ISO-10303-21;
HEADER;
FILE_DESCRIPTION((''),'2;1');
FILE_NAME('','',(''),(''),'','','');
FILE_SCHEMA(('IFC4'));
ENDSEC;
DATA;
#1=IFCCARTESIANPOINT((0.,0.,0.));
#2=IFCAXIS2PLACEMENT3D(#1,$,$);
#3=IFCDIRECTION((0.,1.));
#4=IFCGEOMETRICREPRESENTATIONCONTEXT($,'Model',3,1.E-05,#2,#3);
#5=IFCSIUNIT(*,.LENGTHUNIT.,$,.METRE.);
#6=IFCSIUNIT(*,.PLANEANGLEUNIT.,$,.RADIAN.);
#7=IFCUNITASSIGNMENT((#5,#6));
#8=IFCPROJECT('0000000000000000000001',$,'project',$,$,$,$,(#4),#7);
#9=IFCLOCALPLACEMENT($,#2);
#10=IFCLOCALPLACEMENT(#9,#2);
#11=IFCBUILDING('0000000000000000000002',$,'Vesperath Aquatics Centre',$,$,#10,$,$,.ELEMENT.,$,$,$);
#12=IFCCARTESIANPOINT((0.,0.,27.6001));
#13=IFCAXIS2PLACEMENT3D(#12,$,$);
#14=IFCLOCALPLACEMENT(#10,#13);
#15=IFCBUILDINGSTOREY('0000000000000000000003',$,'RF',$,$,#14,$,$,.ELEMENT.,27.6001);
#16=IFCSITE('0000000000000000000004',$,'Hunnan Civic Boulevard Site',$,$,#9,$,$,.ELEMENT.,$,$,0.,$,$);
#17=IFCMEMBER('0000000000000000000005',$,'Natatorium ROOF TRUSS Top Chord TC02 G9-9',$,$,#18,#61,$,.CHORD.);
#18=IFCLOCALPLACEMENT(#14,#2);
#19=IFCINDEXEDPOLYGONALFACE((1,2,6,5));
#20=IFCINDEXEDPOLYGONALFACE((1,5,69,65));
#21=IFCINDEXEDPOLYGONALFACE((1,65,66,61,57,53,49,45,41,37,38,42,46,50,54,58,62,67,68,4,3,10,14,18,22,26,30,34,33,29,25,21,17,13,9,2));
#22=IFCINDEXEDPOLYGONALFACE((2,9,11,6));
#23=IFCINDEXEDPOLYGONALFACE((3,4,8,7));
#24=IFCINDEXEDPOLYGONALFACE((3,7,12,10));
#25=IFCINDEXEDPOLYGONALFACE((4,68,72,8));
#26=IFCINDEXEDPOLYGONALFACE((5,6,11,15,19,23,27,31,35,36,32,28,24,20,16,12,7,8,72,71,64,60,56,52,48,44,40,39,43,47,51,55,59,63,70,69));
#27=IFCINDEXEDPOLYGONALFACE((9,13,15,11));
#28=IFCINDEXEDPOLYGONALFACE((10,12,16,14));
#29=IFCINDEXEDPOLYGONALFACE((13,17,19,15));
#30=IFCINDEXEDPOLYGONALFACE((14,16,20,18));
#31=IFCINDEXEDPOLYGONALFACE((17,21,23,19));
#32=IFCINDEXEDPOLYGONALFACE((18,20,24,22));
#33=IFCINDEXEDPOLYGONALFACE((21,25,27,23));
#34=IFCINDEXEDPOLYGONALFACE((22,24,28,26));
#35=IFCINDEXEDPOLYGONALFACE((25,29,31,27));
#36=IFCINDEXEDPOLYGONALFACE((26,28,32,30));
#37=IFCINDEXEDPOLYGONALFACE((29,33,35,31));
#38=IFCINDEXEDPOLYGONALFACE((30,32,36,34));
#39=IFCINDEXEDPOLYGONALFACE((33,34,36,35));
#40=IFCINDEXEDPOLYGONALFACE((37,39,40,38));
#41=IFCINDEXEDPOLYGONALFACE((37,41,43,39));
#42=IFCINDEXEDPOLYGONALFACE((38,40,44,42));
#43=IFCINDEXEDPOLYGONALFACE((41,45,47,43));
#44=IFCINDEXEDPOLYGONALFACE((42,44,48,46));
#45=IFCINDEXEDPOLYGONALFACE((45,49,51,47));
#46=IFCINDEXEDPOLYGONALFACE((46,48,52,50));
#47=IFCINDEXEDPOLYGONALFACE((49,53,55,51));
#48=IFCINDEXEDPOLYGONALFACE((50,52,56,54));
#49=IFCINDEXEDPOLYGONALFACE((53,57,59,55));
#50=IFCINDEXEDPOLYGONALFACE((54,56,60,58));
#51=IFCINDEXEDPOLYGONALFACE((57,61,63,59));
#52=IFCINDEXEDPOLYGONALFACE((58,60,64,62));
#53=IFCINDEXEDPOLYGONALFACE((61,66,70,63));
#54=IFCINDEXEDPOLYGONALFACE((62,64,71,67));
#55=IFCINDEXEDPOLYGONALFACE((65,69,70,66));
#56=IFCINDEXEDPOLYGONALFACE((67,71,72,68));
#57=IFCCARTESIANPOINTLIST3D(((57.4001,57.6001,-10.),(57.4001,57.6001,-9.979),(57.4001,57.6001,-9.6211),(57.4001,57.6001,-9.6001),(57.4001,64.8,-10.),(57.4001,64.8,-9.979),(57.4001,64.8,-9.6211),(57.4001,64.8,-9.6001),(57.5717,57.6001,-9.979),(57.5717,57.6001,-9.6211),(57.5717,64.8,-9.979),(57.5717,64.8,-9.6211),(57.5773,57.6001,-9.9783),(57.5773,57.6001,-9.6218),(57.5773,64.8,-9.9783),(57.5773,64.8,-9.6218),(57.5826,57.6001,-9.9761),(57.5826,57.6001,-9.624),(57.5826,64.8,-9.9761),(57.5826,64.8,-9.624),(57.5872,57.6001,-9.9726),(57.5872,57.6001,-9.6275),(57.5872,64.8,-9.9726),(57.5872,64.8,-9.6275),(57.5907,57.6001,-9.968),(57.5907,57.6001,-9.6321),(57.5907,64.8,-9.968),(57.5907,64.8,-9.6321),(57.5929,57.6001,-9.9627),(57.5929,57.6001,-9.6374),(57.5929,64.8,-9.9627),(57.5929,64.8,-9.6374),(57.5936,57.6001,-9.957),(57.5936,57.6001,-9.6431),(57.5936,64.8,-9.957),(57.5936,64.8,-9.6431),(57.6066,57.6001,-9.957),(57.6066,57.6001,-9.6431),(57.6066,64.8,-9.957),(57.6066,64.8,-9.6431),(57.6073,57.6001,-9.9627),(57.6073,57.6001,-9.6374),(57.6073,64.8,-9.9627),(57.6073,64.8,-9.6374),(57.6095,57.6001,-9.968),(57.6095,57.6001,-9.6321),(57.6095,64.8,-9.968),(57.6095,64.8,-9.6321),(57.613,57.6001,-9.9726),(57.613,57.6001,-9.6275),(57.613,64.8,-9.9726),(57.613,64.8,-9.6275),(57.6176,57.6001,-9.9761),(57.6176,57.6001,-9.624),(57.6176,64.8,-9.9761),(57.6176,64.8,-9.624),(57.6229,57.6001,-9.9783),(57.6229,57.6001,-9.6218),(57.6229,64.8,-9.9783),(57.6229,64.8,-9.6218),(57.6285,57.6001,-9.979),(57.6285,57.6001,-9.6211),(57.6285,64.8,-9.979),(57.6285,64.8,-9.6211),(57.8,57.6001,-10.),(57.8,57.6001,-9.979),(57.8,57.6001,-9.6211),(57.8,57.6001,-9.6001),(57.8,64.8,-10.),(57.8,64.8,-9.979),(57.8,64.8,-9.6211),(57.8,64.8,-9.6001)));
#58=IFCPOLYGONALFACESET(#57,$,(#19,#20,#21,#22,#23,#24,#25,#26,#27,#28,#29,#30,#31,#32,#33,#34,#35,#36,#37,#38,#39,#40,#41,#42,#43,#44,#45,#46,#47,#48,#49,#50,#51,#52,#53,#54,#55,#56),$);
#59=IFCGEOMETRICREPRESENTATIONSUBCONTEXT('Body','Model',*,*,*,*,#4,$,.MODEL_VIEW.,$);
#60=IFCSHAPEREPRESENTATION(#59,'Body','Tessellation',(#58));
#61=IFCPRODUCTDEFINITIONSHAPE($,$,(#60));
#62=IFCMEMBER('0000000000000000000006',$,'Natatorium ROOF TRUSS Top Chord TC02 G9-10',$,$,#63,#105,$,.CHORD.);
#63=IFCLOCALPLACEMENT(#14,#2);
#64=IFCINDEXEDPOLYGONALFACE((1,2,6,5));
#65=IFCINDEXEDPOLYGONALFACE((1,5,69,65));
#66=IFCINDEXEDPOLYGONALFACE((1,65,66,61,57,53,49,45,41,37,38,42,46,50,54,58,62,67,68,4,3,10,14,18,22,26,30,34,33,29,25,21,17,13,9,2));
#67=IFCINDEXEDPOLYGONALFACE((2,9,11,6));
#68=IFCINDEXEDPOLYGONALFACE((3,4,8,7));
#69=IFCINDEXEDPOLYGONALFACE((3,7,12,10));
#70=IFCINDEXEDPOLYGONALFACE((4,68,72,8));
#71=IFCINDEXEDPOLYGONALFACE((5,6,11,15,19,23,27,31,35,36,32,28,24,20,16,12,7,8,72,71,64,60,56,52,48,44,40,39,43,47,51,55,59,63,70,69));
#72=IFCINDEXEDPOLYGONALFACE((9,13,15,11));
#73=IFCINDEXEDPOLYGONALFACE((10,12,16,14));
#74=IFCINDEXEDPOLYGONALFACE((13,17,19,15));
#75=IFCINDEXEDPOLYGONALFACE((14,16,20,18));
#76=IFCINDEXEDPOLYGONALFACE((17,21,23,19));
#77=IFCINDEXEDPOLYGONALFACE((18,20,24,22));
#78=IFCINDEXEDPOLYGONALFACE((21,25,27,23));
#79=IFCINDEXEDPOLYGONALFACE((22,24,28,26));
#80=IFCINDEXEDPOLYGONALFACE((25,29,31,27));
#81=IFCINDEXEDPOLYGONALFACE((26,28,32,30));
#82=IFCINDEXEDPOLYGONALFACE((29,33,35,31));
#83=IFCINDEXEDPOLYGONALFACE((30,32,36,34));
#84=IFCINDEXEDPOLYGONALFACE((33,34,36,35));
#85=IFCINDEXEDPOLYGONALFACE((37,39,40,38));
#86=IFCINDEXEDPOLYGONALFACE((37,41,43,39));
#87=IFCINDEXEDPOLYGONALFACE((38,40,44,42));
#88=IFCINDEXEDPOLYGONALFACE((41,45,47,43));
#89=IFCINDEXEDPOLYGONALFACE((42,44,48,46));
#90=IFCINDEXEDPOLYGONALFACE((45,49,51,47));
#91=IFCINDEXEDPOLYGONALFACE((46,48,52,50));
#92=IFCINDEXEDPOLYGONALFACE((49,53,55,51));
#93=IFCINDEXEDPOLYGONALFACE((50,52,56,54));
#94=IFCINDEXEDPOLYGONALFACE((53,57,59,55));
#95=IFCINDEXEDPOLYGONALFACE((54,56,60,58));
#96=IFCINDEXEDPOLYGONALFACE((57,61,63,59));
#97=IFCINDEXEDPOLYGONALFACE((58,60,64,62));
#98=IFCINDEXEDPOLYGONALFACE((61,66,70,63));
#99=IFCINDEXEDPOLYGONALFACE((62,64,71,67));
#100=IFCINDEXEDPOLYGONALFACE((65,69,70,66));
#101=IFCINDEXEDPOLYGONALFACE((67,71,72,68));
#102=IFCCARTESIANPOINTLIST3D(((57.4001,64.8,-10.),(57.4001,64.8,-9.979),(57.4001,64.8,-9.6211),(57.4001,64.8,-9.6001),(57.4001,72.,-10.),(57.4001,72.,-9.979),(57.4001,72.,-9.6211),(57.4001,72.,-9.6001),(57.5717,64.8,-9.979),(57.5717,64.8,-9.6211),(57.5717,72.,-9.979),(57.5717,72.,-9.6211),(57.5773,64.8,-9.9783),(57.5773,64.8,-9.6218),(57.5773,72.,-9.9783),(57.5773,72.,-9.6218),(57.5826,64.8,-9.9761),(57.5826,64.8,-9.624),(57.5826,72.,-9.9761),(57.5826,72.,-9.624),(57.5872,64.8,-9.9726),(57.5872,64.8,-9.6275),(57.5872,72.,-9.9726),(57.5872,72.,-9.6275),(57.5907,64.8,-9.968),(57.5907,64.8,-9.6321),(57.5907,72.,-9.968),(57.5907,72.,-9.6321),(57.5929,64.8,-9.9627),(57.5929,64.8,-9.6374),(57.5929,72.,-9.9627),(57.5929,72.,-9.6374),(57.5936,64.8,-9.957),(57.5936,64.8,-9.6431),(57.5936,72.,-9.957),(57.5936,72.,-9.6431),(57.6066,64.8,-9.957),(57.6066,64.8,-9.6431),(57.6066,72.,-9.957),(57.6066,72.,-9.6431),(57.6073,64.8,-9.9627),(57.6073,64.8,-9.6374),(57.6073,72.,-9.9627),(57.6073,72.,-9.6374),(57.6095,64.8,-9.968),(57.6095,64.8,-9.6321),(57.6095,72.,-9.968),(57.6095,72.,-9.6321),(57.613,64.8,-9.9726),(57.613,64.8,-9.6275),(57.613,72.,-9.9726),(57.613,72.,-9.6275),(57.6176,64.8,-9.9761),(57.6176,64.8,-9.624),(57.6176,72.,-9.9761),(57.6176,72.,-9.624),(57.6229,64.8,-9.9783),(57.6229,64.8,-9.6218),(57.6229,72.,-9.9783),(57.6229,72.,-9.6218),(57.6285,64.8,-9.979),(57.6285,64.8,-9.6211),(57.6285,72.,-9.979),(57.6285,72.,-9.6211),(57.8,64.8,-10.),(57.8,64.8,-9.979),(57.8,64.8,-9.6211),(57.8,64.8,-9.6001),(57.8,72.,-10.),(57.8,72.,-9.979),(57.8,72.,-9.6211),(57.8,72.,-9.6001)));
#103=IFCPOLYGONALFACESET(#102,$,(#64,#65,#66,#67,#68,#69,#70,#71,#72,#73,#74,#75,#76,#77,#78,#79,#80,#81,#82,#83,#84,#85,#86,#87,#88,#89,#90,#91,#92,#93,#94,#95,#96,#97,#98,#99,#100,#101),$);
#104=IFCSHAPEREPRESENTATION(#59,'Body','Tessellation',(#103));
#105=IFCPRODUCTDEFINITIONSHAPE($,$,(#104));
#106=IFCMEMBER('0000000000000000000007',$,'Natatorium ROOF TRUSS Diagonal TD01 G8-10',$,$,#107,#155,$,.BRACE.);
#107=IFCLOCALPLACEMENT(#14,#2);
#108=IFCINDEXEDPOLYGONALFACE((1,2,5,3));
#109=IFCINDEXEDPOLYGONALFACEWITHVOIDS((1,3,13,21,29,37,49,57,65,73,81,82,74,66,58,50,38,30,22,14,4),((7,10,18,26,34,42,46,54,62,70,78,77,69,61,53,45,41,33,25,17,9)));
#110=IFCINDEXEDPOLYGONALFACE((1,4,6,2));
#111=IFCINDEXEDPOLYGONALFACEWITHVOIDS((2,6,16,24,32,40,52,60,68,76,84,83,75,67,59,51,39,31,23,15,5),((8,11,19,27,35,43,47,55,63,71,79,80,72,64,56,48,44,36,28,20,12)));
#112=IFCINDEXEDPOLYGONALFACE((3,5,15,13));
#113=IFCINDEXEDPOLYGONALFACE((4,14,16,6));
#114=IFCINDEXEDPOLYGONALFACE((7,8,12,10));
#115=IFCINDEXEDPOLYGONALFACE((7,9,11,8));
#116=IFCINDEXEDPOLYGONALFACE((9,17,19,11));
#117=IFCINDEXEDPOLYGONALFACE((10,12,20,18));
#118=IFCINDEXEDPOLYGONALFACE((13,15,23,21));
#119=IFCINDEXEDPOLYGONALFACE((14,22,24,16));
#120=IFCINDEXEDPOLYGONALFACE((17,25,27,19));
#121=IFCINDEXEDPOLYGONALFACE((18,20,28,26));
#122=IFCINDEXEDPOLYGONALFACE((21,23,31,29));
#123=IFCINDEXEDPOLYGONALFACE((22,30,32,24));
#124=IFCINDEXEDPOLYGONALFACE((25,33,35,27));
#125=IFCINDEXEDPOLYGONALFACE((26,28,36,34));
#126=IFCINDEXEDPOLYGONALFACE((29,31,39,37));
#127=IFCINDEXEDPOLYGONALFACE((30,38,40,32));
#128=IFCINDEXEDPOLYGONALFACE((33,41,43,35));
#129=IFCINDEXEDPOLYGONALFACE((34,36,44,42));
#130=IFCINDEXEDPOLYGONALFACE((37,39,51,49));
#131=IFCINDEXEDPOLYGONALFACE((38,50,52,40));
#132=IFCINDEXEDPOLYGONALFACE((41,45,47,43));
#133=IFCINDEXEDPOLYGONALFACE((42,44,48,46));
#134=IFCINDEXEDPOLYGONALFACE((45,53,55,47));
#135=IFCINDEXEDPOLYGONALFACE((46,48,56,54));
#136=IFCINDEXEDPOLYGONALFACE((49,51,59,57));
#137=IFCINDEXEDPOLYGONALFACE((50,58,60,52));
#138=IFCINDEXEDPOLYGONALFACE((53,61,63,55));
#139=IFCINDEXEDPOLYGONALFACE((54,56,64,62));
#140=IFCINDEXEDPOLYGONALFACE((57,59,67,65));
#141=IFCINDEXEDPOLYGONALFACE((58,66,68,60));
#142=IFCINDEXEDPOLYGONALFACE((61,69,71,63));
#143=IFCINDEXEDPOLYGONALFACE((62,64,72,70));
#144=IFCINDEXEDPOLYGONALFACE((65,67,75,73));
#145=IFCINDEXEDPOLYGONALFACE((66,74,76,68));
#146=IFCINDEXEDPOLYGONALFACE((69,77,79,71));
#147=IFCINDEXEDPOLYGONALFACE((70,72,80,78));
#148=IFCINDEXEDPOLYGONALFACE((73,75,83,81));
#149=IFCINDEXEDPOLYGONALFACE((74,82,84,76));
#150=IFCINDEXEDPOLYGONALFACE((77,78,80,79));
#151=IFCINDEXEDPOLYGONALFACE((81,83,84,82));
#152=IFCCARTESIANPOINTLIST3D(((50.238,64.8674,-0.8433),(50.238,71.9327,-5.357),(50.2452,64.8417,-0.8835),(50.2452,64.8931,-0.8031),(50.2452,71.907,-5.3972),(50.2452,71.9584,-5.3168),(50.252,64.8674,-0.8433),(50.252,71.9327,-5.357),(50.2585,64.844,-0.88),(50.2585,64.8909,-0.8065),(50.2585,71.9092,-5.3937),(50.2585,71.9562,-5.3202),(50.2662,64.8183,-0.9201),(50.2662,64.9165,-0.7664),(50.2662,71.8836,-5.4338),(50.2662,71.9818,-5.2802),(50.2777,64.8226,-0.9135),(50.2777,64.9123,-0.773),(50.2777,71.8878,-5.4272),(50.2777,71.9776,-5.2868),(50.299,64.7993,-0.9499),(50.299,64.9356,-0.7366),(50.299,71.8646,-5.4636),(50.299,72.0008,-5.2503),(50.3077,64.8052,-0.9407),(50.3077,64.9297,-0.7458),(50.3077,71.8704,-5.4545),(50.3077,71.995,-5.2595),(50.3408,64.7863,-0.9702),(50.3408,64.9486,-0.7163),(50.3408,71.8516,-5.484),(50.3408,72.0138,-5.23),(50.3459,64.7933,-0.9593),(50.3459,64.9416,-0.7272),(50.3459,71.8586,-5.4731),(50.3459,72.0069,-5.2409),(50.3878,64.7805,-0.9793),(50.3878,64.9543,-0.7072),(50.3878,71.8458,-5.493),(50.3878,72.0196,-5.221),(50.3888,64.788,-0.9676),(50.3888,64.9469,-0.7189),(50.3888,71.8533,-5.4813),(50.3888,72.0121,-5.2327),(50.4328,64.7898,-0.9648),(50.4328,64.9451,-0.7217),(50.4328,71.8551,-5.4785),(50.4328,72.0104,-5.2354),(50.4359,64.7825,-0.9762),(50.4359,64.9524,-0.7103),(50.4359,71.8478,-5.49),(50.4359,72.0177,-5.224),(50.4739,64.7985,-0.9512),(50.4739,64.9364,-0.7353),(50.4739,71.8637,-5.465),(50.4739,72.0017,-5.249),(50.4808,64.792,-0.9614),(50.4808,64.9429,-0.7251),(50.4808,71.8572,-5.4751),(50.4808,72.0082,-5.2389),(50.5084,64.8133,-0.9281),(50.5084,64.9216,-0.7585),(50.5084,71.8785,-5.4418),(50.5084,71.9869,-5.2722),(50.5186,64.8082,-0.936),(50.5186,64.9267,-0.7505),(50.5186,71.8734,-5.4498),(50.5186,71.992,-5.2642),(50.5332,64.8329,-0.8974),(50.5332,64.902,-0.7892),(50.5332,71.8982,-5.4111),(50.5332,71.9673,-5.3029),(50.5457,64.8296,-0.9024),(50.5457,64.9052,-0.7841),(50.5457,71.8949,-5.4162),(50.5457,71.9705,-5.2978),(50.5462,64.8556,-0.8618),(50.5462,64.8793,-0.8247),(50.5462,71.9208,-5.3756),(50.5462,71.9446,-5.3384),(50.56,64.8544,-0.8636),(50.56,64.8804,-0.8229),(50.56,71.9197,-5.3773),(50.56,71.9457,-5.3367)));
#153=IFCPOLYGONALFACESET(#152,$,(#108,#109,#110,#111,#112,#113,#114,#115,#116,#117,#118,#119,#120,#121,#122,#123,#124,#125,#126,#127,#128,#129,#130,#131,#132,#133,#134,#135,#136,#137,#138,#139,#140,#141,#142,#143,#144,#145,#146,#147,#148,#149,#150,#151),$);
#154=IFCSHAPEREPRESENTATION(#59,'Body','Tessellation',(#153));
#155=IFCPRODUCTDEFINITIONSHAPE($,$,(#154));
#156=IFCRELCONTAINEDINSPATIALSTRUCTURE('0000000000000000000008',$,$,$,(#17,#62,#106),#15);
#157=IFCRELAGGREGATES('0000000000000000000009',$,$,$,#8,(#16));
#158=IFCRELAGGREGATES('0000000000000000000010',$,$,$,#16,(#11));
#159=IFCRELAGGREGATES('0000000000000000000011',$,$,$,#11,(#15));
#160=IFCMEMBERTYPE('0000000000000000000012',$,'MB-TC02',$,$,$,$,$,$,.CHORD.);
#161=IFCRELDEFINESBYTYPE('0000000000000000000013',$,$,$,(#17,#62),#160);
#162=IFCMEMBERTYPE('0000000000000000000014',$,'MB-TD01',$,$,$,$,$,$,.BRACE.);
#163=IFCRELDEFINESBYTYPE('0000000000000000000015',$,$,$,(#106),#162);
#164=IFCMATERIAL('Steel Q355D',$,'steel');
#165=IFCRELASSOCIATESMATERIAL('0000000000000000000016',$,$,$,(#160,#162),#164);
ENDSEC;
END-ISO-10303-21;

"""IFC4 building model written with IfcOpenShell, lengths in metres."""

from ifc_helpers import new_model, si_unit, direction, frame, origin, origin_2d, place, context, subcontext, project, spatial, hollow_circle, i_section, extrude, material, material_profile, profile_set, type_object, element, save


model = new_model("IFC4")

# Units and contexts
model_context = context("Model", 3, precision=1e-05, world=origin(), true_north=direction((0.0, 1.0)))
body_context = subcontext(model_context, "Body", "Model", "MODEL_VIEW")
ifc_project = project(units=[si_unit("LENGTHUNIT", "METRE"), si_unit("PLANEANGLEUNIT", "RADIAN")], contexts=[model_context])

# Site, building, storey
site_placement = place(None, origin())
site = spatial("IfcSite", under=ifc_project, at=site_placement, Name="Hunnan Civic Boulevard Site", CompositionType="ELEMENT", RefElevation=0.0)
building_placement = place(site_placement, origin())
building = spatial("IfcBuilding", under=site, at=building_placement, Name="Vesperath Aquatics Centre", CompositionType="ELEMENT")
storey_placement = place(building_placement, frame((0.0, 0.0, 27.6001)))
storey = spatial("IfcBuildingStorey", under=building, at=storey_placement, Name="RF", CompositionType="ELEMENT", Elevation=27.6001)

# Members
ifc_material_1 = material(Name="Steel Q355D", Category="steel")
ifc_material_profile_1 = material_profile(ifc_material_1, i_section(OverallWidth=0.3999, OverallDepth=0.3999, WebThickness=0.0129, FlangeThickness=0.021, FilletRadius=0.022, at=origin_2d()), Name="HW 400x400x13x21")
ifc_profile_set_1 = profile_set([ifc_material_profile_1], Name="Steel Q355D")
member_type_1 = type_object("IfcMemberType", Name="MB-TC02", PredefinedType="CHORD", material=ifc_profile_set_1)
for number, where, z_axis, x_axis, name in (
    (1, (57.6001, 57.6001, -9.8), (0.0, 1.0, 0.0), (-1.0, 0.0, 0.0), "Natatorium ROOF TRUSS Top Chord TC02 G9-9"),
    (2, (57.6001, 64.8, -9.8), (0.0, 1.0, 0.0), (-1.0, 0.0, 0.0), "Natatorium ROOF TRUSS Top Chord TC02 G9-10"),
):
    element("IfcMember", number, at=place(storey_placement, frame(where, z_axis=z_axis, x_axis=x_axis)), inside=storey, type_object=member_type_1, Name=name, PredefinedType="CHORD", context=body_context, shape_type="SweptSolid", body=[
        extrude(i_section(OverallWidth=0.3999, OverallDepth=0.3999, WebThickness=0.0129, FlangeThickness=0.021, FilletRadius=0.022, at=origin_2d()), origin(), (0.0, 0.0, 1.0), 7.2),
    ])
ifc_material_profile_2 = material_profile(ifc_material_1, hollow_circle(Radius=0.1619, WallThickness=0.0139, at=origin_2d()), Name="CHS 323.9x14")
ifc_profile_set_2 = profile_set([ifc_material_profile_2], Name="Steel Q355D")
member_type_2 = type_object("IfcMemberType", Name="MB-TD01", PredefinedType="BRACE", material=ifc_profile_set_2)
member_1_placement = place(storey_placement, frame((50.3999, 64.8674, -0.8433), z_axis=(0.0, 0.842707, -0.538373), x_axis=(-1.0, 0.0, 0.0)))
element("IfcMember", 3, at=member_1_placement, inside=storey, type_object=member_type_2, Name="Natatorium ROOF TRUSS Diagonal TD01 G8-10", PredefinedType="BRACE", context=body_context, shape_type="SweptSolid", body=[
    extrude(hollow_circle(Radius=0.1619, WallThickness=0.0139, at=origin_2d()), origin(), (0.0, 0.0, 1.0), 8.384),
])

save(model, "model.ifc")
